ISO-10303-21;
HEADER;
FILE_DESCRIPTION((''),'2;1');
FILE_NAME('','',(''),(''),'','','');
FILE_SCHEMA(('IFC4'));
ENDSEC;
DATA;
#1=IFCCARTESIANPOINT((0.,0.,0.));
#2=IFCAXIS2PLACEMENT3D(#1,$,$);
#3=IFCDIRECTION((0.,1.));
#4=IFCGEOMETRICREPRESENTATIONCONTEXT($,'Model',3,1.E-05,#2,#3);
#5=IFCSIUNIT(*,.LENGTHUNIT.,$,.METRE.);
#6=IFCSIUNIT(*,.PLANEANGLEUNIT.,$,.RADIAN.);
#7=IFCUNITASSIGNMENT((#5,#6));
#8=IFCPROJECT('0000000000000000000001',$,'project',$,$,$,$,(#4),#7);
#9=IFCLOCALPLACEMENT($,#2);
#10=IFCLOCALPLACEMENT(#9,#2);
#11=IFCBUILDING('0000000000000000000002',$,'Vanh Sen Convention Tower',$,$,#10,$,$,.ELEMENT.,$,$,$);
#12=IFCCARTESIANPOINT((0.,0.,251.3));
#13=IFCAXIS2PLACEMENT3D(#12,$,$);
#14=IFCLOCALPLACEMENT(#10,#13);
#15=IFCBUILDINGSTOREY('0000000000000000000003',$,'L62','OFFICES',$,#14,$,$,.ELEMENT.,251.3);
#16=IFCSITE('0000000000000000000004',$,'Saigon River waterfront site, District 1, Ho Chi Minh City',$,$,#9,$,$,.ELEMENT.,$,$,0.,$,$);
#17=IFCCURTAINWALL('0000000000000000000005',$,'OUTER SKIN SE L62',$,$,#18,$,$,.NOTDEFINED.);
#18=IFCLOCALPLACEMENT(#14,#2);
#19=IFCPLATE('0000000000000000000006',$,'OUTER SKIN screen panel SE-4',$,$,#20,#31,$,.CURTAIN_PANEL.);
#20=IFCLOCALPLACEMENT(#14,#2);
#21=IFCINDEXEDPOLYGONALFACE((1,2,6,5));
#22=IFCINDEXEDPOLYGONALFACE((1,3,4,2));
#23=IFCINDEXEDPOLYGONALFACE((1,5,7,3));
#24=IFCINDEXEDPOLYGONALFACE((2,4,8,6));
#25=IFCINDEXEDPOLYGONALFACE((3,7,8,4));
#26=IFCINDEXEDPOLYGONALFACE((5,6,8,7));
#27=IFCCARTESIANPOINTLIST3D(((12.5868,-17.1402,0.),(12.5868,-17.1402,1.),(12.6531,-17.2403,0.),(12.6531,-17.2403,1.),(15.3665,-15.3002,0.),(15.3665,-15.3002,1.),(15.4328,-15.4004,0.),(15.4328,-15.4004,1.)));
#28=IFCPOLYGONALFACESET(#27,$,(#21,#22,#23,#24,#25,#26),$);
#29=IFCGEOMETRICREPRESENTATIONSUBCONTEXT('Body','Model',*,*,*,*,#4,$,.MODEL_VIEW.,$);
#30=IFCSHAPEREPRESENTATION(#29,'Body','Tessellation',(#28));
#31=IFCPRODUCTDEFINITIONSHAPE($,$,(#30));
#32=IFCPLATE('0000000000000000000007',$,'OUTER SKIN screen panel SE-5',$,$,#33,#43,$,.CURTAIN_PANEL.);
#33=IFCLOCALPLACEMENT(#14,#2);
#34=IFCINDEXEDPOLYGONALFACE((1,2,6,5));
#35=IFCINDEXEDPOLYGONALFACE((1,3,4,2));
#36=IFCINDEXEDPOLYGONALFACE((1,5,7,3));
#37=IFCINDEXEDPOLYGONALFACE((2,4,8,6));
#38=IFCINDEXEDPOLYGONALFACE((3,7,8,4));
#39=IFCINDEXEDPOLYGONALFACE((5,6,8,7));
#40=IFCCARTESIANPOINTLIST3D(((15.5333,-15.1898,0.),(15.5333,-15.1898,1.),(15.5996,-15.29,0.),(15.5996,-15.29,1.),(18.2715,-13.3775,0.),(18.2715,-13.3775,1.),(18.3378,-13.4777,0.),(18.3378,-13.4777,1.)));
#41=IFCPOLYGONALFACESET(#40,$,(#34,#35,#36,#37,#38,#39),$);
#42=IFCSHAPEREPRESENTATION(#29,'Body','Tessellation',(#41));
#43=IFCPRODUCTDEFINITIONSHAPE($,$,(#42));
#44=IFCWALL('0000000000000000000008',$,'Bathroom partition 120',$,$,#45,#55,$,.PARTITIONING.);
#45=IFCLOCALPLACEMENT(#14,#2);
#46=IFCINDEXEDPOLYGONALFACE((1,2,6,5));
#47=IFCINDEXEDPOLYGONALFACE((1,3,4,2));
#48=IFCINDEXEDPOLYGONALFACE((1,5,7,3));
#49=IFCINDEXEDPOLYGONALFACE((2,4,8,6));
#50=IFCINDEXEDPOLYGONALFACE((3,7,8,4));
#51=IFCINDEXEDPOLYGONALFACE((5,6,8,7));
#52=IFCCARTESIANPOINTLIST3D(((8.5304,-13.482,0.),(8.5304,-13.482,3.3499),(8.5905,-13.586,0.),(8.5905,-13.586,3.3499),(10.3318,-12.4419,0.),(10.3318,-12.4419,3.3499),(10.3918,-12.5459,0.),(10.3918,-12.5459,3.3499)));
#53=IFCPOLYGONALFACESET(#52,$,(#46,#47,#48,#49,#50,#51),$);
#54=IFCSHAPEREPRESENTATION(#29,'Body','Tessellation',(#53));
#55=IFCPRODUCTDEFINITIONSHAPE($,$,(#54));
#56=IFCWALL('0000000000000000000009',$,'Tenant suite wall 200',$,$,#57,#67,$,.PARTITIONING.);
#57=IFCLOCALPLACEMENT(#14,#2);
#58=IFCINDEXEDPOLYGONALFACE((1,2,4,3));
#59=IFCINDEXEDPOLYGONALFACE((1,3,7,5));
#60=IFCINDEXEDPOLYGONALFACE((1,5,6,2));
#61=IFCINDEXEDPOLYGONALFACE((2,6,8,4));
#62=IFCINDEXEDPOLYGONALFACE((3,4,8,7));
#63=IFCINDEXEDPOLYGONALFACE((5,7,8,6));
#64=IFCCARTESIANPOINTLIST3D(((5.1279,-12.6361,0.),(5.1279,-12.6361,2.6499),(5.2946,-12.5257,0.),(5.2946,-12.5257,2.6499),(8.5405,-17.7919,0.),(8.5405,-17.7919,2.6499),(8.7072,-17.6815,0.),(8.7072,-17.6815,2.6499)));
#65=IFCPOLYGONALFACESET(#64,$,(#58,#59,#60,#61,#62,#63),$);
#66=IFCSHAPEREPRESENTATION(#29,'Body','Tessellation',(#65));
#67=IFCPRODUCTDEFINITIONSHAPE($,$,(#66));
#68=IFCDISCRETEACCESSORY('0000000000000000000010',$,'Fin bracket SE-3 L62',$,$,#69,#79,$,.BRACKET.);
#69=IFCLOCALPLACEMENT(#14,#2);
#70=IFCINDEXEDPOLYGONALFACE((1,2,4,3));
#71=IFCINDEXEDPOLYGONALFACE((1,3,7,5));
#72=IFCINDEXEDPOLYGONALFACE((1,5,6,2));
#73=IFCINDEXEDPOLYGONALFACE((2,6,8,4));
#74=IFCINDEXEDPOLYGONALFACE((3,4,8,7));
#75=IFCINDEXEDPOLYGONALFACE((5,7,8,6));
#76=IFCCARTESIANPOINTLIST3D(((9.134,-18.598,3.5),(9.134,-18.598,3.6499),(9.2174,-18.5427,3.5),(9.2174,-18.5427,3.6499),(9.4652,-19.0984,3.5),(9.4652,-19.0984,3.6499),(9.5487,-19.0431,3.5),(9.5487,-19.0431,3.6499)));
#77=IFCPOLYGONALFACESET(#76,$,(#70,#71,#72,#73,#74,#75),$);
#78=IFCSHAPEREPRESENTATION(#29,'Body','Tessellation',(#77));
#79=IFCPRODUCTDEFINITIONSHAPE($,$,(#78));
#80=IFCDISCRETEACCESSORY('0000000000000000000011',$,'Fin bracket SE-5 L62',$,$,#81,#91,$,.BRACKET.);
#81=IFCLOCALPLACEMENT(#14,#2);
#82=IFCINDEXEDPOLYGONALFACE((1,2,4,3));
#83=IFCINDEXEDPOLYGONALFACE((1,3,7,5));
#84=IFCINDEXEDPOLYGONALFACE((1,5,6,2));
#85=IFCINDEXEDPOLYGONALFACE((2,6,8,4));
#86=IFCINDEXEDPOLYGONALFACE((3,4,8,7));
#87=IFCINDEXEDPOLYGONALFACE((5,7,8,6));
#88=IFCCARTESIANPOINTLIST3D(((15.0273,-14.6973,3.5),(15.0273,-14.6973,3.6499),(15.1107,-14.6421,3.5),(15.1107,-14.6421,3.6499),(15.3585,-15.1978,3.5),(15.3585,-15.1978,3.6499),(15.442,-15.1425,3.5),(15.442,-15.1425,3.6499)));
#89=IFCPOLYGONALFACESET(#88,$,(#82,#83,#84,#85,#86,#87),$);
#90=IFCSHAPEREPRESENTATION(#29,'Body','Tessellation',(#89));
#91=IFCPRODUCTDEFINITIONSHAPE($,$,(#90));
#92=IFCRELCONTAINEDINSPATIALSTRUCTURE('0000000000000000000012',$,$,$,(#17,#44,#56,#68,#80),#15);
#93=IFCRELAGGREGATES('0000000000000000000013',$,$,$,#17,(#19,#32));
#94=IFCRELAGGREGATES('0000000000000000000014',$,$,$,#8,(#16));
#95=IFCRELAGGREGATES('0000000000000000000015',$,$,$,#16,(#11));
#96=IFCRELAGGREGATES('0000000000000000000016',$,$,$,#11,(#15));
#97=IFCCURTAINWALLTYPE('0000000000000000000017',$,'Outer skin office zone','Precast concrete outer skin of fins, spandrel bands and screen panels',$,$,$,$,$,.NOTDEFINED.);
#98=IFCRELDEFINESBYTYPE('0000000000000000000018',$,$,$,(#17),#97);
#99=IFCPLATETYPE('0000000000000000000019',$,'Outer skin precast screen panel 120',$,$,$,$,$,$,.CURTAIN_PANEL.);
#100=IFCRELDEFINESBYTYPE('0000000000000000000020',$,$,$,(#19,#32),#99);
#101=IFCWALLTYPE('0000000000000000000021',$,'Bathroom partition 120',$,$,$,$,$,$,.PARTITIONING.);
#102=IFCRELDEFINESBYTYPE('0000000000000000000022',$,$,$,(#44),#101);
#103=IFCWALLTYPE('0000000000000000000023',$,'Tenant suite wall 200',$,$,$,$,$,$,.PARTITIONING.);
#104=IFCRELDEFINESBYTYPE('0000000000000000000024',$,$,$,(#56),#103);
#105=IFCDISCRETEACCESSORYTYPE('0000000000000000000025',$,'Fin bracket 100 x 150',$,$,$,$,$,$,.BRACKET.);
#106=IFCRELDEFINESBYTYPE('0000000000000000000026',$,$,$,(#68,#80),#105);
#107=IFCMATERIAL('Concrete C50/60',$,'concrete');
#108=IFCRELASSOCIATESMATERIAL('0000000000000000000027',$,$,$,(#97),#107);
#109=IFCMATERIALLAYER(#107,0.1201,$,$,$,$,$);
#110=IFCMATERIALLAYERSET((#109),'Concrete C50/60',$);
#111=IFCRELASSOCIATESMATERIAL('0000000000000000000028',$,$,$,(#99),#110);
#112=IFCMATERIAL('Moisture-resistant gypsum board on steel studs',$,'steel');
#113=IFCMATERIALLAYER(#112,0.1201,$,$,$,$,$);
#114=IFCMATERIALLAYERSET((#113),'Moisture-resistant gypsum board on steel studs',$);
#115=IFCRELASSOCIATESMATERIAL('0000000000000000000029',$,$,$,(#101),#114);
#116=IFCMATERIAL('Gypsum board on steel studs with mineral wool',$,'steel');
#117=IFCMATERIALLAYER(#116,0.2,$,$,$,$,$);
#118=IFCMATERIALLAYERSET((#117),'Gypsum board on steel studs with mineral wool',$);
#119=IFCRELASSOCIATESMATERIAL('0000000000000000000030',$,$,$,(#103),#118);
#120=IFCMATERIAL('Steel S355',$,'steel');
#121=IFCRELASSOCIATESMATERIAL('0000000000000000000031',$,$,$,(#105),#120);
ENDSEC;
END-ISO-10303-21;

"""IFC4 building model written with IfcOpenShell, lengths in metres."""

from ifc_helpers import new_model, si_unit, direction, frame, frame_2d, origin, origin_2d, place, context, subcontext, project, spatial, rectangle, extrude, material, layer, layer_set, type_object, element, aggregate, save


model = new_model("IFC4")

# Units and contexts
model_context = context("Model", 3, precision=1e-05, world=origin(), true_north=direction((0.0, 1.0)))
body_context = subcontext(model_context, "Body", "Model", "MODEL_VIEW")
ifc_project = project(units=[si_unit("LENGTHUNIT", "METRE"), si_unit("PLANEANGLEUNIT", "RADIAN")], contexts=[model_context])

# Site, building, storey
site_placement = place(None, origin())
site = spatial("IfcSite", under=ifc_project, at=site_placement, Name="Saigon River waterfront site, District 1, Ho Chi Minh City", CompositionType="ELEMENT", RefElevation=0.0)
building_placement = place(site_placement, origin())
building = spatial("IfcBuilding", under=site, at=building_placement, Name="Vanh Sen Convention Tower", CompositionType="ELEMENT")
storey_placement = place(building_placement, frame((0.0, 0.0, 251.3)))
storey = spatial("IfcBuildingStorey", under=building, at=storey_placement, Name="L62", Description="OFFICES", CompositionType="ELEMENT", Elevation=251.3)

# Curtain wall
ifc_material_1 = material(Name="Concrete C50/60", Category="concrete")
curtain_wall_type = type_object("IfcCurtainWallType", Name="Outer skin office zone", Description="Precast concrete outer skin of fins, spandrel bands and screen panels", PredefinedType="NOTDEFINED", material=ifc_material_1)
curtain_wall_1_placement = place(storey_placement, origin())
curtain_wall_1 = element("IfcCurtainWall", 1, at=curtain_wall_1_placement, inside=storey, type_object=curtain_wall_type, Name="OUTER SKIN SE L62", PredefinedType="NOTDEFINED")

# Plates
ifc_layer_1 = layer(ifc_material_1, 0.1201)
ifc_layer_set_1 = layer_set([ifc_layer_1], Name="Concrete C50/60")
plate_type = type_object("IfcPlateType", Name="Outer skin precast screen panel 120", PredefinedType="CURTAIN_PANEL", material=ifc_layer_set_1)
plate_1_placement = place(storey_placement, frame((14.0098, -16.2703, 0.0), z_axis=(0.0, 0.0, 1.0), x_axis=(0.833874, 0.551954, 0.0)))
plate_1 = element("IfcPlate", 2, at=plate_1_placement, type_object=plate_type, Name="OUTER SKIN screen panel SE-4", PredefinedType="CURTAIN_PANEL", context=body_context, shape_type="SweptSolid", body=[
    extrude(rectangle(XDim=3.3335, YDim=0.1201, at=origin_2d()), origin(), (0.0, 0.0, 1.0), 1.0),
])
plate_2_placement = place(storey_placement, frame((16.9355, -14.3337, 0.0), z_axis=(0.0, 0.0, 1.0), x_axis=(0.833896, 0.551921, 0.0)))
plate_2 = element("IfcPlate", 3, at=plate_2_placement, type_object=plate_type, Name="OUTER SKIN screen panel SE-5", PredefinedType="CURTAIN_PANEL", context=body_context, shape_type="SweptSolid", body=[
    extrude(rectangle(XDim=3.2837, YDim=0.1201, at=origin_2d()), origin(), (0.0, 0.0, 1.0), 1.0),
])
aggregate(curtain_wall_1, [plate_1, plate_2])

# Walls
ifc_material_2 = material(Name="Moisture-resistant gypsum board on steel studs", Category="steel")
ifc_layer_2 = layer(ifc_material_2, 0.1201)
ifc_layer_set_2 = layer_set([ifc_layer_2], Name="Moisture-resistant gypsum board on steel studs")
wall_type_1 = type_object("IfcWallType", Name="Bathroom partition 120", PredefinedType="PARTITIONING", material=ifc_layer_set_2)
wall_1_placement = place(storey_placement, frame((10.3618, -12.4939, 0.0), z_axis=(0.0, 0.0, 1.0), x_axis=(-0.86601, -0.500027, 0.0)))
element("IfcWall", 4, at=wall_1_placement, inside=storey, type_object=wall_type_1, Name="Bathroom partition 120", PredefinedType="PARTITIONING", context=body_context, shape_type="SweptSolid", body=[
    extrude(rectangle(XDim=2.0801, YDim=0.1201, at=frame_2d((1.04, 0.0))), origin(), (0.0, 0.0, 1.0), 3.3499),
])
ifc_material_3 = material(Name="Gypsum board on steel studs with mineral wool", Category="steel")
ifc_layer_3 = layer(ifc_material_3, 0.2)
ifc_layer_set_3 = layer_set([ifc_layer_3], Name="Gypsum board on steel studs with mineral wool")
wall_type_2 = type_object("IfcWallType", Name="Tenant suite wall 200", PredefinedType="PARTITIONING", material=ifc_layer_set_3)
wall_2_placement = place(storey_placement, frame((8.6238, -17.7366, 0.0), z_axis=(0.0, 0.0, 1.0), x_axis=(-0.551945, 0.83388, 0.0)))
element("IfcWall", 5, at=wall_2_placement, inside=storey, type_object=wall_type_2, Name="Tenant suite wall 200", PredefinedType="PARTITIONING", context=body_context, shape_type="SweptSolid", body=[
    extrude(rectangle(XDim=6.1829, YDim=0.2, at=frame_2d((3.0913, 0.0))), origin(), (0.0, 0.0, 1.0), 2.6499),
])

# Discrete accessories
ifc_material_4 = material(Name="Steel S355", Category="steel")
discrete_accessory_type = type_object("IfcDiscreteAccessoryType", Name="Fin bracket 100 x 150", PredefinedType="BRACKET", material=ifc_material_4)
for number, where, z_axis, x_axis, name in (
    (6, (9.3413, -18.8206, 3.5), (0.0, 0.0, 1.0), (0.551937, -0.833886, 0.0), "Fin bracket SE-3 L62"),
    (7, (15.2346, -14.9199, 3.5), (0.0, 0.0, 1.0), (0.551937, -0.833886, 0.0), "Fin bracket SE-5 L62"),
):
    element("IfcDiscreteAccessory", number, at=place(storey_placement, frame(where, z_axis=z_axis, x_axis=x_axis)), inside=storey, type_object=discrete_accessory_type, Name=name, PredefinedType="BRACKET", context=body_context, shape_type="SweptSolid", body=[
        extrude(rectangle(XDim=0.6001, YDim=0.1001, at=origin_2d()), origin(), (0.0, 0.0, 1.0), 0.1499),
    ])

save(model, "model.ifc")
